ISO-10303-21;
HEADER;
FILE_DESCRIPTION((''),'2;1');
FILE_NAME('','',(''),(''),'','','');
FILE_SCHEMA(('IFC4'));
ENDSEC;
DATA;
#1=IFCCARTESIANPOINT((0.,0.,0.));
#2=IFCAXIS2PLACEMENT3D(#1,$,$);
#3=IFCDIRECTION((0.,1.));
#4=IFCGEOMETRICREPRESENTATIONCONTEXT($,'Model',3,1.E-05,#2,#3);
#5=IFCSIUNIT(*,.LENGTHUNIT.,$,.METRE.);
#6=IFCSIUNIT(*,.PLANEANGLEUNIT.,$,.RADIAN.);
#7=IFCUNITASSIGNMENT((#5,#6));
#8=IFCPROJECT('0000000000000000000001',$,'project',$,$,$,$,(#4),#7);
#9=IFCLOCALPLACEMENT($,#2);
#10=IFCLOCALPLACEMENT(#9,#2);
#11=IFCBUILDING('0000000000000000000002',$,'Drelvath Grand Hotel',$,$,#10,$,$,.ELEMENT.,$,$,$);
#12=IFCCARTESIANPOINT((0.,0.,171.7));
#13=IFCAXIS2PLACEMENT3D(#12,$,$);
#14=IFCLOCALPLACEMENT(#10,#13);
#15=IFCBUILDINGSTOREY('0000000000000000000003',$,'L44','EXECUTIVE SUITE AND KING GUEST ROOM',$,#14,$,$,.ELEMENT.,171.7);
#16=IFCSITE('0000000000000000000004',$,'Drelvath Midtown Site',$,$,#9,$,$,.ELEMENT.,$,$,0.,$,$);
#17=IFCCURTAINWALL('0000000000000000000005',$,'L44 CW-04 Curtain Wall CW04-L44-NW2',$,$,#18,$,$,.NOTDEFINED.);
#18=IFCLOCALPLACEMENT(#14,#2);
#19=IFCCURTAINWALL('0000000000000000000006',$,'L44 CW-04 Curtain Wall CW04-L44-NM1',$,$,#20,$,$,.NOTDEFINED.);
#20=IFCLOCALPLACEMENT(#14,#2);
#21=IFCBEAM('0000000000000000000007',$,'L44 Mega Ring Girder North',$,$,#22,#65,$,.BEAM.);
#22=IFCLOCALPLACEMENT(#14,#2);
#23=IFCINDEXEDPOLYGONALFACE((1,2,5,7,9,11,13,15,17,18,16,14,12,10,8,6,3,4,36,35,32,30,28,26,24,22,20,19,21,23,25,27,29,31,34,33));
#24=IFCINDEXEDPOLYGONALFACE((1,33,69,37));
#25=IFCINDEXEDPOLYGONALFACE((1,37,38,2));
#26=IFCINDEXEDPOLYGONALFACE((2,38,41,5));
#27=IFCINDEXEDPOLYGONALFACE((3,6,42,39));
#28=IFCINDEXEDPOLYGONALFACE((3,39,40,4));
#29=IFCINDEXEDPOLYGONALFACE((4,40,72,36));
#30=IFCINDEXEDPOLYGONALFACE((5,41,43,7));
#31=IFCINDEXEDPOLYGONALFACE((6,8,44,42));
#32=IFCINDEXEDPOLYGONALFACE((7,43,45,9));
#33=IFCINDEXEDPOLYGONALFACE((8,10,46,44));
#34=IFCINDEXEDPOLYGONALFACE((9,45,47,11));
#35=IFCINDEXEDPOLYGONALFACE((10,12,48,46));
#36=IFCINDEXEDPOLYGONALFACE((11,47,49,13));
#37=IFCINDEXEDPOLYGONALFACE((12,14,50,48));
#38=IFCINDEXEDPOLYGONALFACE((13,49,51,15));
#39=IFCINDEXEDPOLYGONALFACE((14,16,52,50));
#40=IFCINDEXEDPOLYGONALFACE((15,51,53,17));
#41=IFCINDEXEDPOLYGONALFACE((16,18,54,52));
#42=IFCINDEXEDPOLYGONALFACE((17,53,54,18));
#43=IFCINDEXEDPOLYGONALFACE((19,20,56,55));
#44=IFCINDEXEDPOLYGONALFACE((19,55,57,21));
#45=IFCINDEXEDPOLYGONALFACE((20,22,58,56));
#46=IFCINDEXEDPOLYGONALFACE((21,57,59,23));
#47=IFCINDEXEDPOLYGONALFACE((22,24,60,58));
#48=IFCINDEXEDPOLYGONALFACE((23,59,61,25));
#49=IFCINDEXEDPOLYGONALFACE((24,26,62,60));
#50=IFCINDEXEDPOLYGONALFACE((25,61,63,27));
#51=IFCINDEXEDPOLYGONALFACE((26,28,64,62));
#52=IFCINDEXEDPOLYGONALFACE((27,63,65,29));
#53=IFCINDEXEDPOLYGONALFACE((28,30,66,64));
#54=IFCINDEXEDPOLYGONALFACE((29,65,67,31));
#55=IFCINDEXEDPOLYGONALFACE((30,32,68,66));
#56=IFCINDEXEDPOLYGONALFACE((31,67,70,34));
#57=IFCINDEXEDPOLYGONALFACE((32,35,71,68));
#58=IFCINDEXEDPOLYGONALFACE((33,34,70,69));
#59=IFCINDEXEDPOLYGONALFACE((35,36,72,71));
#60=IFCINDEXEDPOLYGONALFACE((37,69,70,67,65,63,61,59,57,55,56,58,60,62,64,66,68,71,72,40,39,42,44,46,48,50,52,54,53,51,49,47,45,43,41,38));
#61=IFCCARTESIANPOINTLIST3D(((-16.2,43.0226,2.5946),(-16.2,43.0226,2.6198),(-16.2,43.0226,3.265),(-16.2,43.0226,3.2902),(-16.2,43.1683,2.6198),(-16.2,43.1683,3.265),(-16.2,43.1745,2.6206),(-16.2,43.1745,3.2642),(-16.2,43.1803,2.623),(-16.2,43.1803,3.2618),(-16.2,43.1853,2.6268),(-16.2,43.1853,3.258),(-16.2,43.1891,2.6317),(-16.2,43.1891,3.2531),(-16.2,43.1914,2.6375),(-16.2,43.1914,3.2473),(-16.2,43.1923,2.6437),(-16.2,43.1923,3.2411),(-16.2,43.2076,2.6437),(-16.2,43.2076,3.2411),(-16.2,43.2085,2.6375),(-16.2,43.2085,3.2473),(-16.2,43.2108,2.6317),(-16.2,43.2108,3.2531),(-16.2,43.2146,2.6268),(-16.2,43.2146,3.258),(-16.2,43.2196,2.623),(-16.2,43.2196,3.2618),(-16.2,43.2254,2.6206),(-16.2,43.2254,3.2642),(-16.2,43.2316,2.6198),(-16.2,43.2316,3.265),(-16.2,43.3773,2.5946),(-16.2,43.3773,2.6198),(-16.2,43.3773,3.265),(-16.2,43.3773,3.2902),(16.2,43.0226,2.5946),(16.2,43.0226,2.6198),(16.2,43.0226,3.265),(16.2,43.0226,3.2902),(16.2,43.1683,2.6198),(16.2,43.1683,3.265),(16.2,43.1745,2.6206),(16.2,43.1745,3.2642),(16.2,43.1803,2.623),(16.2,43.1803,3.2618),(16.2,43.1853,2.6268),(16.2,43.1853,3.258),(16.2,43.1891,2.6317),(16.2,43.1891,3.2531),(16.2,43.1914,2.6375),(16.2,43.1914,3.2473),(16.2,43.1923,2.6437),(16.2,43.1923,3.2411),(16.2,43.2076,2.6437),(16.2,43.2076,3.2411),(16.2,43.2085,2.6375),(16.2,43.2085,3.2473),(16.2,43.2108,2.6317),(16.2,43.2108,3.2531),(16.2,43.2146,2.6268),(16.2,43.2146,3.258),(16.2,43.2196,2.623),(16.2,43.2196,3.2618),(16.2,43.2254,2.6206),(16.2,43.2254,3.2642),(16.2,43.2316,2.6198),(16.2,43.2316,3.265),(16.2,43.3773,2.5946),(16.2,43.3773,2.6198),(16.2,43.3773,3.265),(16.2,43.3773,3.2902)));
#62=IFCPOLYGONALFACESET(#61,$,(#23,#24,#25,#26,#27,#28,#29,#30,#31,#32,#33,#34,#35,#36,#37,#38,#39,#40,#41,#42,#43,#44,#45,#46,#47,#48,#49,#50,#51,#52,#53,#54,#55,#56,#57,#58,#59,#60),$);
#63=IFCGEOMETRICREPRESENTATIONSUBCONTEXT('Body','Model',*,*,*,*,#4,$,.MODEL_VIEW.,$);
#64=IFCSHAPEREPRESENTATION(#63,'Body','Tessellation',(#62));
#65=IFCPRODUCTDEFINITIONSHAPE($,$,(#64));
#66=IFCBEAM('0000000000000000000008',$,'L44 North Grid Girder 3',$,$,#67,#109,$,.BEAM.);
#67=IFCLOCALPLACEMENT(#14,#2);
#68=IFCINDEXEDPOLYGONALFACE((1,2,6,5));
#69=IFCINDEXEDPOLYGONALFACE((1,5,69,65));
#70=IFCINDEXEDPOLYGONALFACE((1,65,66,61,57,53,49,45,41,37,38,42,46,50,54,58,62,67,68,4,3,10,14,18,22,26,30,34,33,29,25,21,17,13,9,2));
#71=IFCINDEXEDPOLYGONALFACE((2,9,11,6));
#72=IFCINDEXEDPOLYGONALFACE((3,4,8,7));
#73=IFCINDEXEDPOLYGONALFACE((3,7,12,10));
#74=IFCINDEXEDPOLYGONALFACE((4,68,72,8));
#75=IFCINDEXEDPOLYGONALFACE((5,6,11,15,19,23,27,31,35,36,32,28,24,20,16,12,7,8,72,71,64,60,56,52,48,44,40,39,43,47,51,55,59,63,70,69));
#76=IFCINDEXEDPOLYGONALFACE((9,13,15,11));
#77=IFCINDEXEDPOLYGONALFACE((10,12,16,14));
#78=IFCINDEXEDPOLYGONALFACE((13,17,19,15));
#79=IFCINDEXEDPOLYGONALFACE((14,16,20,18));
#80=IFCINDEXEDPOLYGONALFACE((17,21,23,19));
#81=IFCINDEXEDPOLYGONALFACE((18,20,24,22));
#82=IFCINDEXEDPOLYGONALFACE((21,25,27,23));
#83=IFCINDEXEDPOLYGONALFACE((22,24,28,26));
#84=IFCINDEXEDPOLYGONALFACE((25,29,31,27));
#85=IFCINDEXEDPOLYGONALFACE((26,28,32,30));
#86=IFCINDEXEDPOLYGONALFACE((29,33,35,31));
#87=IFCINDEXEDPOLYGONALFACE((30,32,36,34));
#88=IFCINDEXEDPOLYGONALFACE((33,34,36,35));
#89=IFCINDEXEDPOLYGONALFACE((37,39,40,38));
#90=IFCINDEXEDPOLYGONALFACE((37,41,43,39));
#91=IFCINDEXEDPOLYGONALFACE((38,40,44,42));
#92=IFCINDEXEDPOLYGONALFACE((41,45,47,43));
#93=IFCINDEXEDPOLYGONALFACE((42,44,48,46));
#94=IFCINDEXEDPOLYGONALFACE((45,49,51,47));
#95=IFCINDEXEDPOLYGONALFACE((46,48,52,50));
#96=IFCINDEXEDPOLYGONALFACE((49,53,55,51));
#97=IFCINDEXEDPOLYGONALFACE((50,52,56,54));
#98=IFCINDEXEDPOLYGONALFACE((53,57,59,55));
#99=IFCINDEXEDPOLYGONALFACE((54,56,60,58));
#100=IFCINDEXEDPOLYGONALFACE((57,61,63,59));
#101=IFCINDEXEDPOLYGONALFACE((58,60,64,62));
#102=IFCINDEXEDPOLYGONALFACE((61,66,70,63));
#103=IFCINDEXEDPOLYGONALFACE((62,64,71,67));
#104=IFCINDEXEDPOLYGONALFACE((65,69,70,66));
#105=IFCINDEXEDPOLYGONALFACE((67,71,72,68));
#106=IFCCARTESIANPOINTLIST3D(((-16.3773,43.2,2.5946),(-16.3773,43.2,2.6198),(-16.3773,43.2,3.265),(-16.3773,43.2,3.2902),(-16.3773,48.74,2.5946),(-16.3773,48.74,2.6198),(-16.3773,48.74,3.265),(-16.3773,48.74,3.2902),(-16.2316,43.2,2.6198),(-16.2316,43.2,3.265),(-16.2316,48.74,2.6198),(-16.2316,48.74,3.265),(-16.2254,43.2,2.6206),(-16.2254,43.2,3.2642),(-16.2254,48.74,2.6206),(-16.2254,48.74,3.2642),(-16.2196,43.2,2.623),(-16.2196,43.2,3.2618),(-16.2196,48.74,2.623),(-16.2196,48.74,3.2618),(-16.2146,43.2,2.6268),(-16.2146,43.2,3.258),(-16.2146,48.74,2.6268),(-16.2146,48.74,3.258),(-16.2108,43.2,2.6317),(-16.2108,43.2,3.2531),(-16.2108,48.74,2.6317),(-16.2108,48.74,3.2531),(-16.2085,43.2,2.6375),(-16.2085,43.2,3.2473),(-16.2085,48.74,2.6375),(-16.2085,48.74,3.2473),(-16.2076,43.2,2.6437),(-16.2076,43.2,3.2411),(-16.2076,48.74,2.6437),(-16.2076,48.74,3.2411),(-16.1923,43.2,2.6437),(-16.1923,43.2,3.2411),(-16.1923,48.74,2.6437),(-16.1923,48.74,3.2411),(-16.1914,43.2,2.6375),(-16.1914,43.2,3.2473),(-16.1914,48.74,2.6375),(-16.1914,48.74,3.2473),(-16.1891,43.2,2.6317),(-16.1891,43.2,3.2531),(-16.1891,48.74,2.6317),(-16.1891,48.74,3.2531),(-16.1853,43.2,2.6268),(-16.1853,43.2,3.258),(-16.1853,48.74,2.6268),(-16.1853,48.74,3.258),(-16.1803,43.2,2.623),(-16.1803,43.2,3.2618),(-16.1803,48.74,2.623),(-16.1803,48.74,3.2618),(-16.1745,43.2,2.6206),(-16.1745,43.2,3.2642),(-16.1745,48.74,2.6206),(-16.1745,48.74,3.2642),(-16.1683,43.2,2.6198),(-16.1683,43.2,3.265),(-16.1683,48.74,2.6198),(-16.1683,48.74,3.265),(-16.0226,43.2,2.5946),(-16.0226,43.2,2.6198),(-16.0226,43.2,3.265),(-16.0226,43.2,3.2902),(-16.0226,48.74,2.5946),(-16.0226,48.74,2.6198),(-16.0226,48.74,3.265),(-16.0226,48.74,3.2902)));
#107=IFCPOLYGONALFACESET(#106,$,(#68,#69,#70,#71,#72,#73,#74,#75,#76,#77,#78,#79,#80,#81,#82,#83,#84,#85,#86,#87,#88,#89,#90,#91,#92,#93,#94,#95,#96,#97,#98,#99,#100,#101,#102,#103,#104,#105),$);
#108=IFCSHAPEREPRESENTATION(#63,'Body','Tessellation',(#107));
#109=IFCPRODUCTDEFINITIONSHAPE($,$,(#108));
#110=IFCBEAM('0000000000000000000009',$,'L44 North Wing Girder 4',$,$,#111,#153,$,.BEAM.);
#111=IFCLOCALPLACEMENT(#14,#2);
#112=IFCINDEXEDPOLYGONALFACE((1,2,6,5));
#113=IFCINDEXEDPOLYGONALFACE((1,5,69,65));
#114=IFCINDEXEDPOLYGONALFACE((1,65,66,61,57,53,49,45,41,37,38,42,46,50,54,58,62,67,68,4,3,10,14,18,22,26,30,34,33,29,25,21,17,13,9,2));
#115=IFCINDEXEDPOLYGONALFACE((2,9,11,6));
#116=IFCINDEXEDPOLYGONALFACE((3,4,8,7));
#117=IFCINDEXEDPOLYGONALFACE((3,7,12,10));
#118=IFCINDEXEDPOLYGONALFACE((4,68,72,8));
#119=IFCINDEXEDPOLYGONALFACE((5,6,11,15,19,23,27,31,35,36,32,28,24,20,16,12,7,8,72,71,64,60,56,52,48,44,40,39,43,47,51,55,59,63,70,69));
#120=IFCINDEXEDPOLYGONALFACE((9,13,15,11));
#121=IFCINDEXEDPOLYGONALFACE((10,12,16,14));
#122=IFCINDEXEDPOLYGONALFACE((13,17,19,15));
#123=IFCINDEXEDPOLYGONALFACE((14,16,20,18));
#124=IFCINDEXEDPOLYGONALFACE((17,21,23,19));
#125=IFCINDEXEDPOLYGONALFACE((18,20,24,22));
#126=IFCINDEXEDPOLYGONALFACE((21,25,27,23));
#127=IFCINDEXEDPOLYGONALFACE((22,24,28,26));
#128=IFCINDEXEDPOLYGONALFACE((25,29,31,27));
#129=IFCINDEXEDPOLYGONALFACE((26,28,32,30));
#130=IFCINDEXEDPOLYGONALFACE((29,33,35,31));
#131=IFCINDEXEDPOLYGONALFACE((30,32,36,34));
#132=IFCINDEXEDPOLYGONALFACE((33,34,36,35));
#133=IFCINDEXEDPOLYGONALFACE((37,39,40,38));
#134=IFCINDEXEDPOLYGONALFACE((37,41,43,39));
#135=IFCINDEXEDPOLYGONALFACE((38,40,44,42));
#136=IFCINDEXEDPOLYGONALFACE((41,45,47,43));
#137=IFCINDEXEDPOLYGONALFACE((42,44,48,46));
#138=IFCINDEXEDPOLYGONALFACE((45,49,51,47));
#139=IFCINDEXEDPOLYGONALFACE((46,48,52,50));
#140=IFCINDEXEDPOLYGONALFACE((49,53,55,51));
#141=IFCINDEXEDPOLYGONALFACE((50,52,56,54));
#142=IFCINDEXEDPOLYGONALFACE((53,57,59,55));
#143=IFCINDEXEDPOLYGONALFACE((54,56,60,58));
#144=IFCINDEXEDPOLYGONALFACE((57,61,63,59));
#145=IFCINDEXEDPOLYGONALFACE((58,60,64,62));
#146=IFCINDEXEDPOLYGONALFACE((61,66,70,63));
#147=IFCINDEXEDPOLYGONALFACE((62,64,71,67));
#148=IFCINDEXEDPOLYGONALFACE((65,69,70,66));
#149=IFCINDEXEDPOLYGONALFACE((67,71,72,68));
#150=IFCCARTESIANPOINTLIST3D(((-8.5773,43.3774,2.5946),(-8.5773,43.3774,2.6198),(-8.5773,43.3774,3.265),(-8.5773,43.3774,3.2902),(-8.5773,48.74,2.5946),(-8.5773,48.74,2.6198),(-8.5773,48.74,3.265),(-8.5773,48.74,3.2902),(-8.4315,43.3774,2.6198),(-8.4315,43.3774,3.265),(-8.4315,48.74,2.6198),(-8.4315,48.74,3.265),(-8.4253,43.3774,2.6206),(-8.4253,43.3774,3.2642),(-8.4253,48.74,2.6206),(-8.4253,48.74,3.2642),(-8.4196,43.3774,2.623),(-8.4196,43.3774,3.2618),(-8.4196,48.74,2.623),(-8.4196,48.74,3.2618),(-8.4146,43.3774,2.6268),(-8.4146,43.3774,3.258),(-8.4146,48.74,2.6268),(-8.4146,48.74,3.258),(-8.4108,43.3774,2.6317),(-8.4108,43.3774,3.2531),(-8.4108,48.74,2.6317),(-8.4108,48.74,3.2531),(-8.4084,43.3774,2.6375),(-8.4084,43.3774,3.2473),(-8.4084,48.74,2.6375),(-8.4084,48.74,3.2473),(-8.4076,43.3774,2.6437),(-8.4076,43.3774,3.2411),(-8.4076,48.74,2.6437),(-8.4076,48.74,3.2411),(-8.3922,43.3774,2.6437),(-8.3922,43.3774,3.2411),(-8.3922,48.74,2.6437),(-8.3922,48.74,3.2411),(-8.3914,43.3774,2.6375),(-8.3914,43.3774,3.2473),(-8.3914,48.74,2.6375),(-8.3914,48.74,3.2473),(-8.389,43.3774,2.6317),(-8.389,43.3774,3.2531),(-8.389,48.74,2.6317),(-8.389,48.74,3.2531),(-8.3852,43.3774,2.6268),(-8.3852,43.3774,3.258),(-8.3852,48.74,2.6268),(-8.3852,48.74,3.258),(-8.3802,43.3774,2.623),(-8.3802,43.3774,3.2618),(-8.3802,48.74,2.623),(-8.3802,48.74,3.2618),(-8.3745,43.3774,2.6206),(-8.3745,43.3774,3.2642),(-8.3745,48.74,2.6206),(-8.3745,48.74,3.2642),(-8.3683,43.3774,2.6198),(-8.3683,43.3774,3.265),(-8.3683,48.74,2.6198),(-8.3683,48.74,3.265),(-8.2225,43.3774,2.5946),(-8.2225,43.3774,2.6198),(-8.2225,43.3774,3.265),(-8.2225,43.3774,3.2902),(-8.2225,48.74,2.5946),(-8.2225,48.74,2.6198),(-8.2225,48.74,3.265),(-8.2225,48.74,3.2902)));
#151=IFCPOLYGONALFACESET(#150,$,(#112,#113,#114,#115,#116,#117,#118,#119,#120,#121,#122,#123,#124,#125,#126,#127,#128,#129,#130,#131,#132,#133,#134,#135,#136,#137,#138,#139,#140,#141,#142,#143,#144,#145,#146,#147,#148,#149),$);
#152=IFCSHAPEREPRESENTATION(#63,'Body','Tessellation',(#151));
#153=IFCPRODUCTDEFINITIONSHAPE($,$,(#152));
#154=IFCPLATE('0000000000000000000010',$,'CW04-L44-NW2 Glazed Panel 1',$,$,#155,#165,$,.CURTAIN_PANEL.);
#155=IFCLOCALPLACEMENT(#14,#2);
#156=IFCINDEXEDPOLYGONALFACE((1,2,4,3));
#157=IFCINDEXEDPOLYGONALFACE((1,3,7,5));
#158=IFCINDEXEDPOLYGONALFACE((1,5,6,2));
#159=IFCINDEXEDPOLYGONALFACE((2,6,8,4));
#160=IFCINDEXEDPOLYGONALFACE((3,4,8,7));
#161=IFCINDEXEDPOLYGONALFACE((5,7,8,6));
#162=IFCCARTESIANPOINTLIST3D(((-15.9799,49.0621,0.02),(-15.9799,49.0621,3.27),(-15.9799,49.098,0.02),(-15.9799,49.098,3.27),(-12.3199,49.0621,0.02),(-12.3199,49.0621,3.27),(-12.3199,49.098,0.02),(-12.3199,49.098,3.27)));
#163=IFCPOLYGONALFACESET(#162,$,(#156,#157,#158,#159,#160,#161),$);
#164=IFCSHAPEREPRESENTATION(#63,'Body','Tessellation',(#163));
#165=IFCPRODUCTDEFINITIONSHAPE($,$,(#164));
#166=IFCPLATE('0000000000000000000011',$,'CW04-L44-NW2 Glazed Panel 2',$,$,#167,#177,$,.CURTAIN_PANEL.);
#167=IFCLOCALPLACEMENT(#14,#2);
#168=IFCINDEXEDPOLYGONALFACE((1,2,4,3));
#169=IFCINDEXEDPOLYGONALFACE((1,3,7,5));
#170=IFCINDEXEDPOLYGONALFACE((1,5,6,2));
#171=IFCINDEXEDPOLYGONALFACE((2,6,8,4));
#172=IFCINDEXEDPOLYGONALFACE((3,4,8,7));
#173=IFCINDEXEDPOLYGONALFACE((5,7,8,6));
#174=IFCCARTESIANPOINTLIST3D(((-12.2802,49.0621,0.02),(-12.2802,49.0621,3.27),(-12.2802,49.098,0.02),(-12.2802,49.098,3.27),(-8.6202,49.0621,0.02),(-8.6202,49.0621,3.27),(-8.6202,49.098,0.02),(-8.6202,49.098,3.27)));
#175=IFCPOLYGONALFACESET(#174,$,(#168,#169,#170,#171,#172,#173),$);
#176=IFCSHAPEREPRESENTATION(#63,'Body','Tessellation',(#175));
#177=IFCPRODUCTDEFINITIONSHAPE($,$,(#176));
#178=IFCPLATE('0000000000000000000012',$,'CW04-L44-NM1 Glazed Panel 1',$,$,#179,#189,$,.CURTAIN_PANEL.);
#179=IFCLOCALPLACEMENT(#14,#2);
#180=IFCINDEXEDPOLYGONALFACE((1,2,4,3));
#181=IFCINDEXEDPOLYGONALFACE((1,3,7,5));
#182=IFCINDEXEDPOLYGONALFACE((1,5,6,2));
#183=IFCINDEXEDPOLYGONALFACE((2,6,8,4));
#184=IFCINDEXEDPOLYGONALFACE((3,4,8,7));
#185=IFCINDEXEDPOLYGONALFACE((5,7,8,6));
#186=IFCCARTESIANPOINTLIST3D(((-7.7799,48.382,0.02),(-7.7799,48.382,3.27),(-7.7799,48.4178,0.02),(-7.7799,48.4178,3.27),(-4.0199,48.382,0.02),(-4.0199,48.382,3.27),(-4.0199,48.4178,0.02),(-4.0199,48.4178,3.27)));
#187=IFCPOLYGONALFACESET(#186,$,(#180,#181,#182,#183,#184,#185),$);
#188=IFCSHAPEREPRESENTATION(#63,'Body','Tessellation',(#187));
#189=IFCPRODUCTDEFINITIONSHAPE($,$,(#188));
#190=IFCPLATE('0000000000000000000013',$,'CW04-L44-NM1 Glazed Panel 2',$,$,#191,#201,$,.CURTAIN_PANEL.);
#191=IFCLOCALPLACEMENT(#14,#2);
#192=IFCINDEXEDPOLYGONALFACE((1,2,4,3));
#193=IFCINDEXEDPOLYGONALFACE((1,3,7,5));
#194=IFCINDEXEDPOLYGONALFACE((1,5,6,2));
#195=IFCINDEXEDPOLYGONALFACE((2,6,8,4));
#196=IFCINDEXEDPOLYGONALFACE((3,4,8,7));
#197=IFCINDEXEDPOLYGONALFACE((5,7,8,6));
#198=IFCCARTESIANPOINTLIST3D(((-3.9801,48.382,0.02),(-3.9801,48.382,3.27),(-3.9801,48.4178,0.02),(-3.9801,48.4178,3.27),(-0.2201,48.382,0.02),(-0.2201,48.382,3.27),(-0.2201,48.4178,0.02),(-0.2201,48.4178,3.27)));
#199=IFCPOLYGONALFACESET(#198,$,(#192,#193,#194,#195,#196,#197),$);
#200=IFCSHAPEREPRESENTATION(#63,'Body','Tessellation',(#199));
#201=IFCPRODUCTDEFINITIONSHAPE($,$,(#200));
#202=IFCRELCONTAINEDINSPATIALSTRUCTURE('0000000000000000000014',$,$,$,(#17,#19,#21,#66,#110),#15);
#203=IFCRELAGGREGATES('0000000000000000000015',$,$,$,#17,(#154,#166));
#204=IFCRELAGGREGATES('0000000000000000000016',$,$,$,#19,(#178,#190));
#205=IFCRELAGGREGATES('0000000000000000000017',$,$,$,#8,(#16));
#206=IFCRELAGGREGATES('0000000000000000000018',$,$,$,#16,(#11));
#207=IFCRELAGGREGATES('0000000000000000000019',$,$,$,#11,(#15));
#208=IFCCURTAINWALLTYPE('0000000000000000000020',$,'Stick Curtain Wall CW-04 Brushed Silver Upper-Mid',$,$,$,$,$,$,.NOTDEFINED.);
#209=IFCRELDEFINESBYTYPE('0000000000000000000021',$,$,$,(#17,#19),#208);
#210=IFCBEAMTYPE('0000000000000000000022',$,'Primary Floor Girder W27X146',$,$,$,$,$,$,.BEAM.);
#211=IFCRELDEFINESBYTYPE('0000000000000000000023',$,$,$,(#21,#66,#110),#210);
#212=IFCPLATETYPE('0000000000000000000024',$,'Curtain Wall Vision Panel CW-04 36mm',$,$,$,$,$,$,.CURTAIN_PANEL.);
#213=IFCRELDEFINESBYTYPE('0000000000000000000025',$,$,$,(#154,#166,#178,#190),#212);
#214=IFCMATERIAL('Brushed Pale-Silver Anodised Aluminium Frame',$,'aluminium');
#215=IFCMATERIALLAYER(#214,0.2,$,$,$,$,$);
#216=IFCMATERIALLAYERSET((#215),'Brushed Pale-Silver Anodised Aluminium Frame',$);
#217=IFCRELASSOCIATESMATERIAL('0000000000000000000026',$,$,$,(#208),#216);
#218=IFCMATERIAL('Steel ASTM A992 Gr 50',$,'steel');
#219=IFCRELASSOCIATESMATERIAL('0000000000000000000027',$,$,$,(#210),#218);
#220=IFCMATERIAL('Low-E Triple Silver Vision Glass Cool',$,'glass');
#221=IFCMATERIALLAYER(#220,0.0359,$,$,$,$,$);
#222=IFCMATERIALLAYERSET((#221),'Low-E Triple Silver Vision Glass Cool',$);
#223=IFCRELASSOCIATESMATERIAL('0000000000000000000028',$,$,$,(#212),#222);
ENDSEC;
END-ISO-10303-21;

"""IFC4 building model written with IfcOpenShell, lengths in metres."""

from ifc_helpers import new_model, si_unit, direction, frame, origin, origin_2d, place, context, subcontext, project, spatial, rectangle, i_section, extrude, material, layer, layer_set, material_profile, profile_set, type_object, element, aggregate, save


model = new_model("IFC4")

# Units and contexts
model_context = context("Model", 3, precision=1e-05, world=origin(), true_north=direction((0.0, 1.0)))
body_context = subcontext(model_context, "Body", "Model", "MODEL_VIEW")
ifc_project = project(units=[si_unit("LENGTHUNIT", "METRE"), si_unit("PLANEANGLEUNIT", "RADIAN")], contexts=[model_context])

# Site, building, storey
site_placement = place(None, origin())
site = spatial("IfcSite", under=ifc_project, at=site_placement, Name="Drelvath Midtown Site", CompositionType="ELEMENT", RefElevation=0.0)
building_placement = place(site_placement, origin())
building = spatial("IfcBuilding", under=site, at=building_placement, Name="Drelvath Grand Hotel", CompositionType="ELEMENT")
storey_placement = place(building_placement, frame((0.0, 0.0, 171.7)))
storey = spatial("IfcBuildingStorey", under=building, at=storey_placement, Name="L44", Description="EXECUTIVE SUITE AND KING GUEST ROOM", CompositionType="ELEMENT", Elevation=171.7)

# Curtain walls
ifc_material_1 = material(Name="Brushed Pale-Silver Anodised Aluminium Frame", Category="aluminium")
ifc_layer_1 = layer(ifc_material_1, 0.2)
ifc_layer_set_1 = layer_set([ifc_layer_1], Name="Brushed Pale-Silver Anodised Aluminium Frame")
curtain_wall_type = type_object("IfcCurtainWallType", Name="Stick Curtain Wall CW-04 Brushed Silver Upper-Mid", PredefinedType="NOTDEFINED", material=ifc_layer_set_1)
curtain_wall_1_placement = place(storey_placement, origin())
curtain_wall_1 = element("IfcCurtainWall", 1, at=curtain_wall_1_placement, inside=storey, type_object=curtain_wall_type, Name="L44 CW-04 Curtain Wall CW04-L44-NW2", PredefinedType="NOTDEFINED")
curtain_wall_2_placement = place(storey_placement, origin())
curtain_wall_2 = element("IfcCurtainWall", 2, at=curtain_wall_2_placement, inside=storey, type_object=curtain_wall_type, Name="L44 CW-04 Curtain Wall CW04-L44-NM1", PredefinedType="NOTDEFINED")

# Beams
ifc_material_2 = material(Name="Steel ASTM A992 Gr 50", Category="steel")
ifc_material_profile_1 = material_profile(ifc_material_2, i_section(OverallWidth=0.3547, OverallDepth=0.6956, WebThickness=0.0154, FlangeThickness=0.0251, FilletRadius=0.0239, at=origin_2d()), Name="W27X146")
ifc_profile_set_1 = profile_set([ifc_material_profile_1], Name="Steel ASTM A992 Gr 50")
beam_type_1 = type_object("IfcBeamType", Name="Primary Floor Girder W27X146", PredefinedType="BEAM", material=ifc_profile_set_1)
beam_1_placement = place(storey_placement, frame((-16.2, 43.2, 2.9424), z_axis=(1.0, 0.0, 0.0), x_axis=(0.0, 1.0, 0.0)))
element("IfcBeam", 3, at=beam_1_placement, inside=storey, type_object=beam_type_1, Name="L44 Mega Ring Girder North", PredefinedType="BEAM", context=body_context, shape_type="SweptSolid", body=[
    extrude(i_section(OverallWidth=0.3547, OverallDepth=0.6956, WebThickness=0.0154, FlangeThickness=0.0251, FilletRadius=0.0239, at=origin_2d()), origin(), (0.0, 0.0, 1.0), 32.3999),
])
beam_2_placement = place(storey_placement, frame((-16.2, 43.2, 2.9424), z_axis=(0.0, 1.0, 0.0), x_axis=(-1.0, 0.0, 0.0)))
element("IfcBeam", 4, at=beam_2_placement, inside=storey, type_object=beam_type_1, Name="L44 North Grid Girder 3", PredefinedType="BEAM", context=body_context, shape_type="SweptSolid", body=[
    extrude(i_section(OverallWidth=0.3547, OverallDepth=0.6956, WebThickness=0.0154, FlangeThickness=0.0251, FilletRadius=0.0239, at=origin_2d()), origin(), (0.0, 0.0, 1.0), 5.54),
])
beam_3_placement = place(storey_placement, frame((-8.3999, 43.3774, 2.9424), z_axis=(0.0, 1.0, 0.0), x_axis=(-1.0, 0.0, 0.0)))
element("IfcBeam", 5, at=beam_3_placement, inside=storey, type_object=beam_type_1, Name="L44 North Wing Girder 4", PredefinedType="BEAM", context=body_context, shape_type="SweptSolid", body=[
    extrude(i_section(OverallWidth=0.3547, OverallDepth=0.6956, WebThickness=0.0154, FlangeThickness=0.0251, FilletRadius=0.0239, at=origin_2d()), origin(), (0.0, 0.0, 1.0), 5.3625),
])

# Plates
ifc_material_3 = material(Name="Low-E Triple Silver Vision Glass Cool", Category="glass")
ifc_layer_2 = layer(ifc_material_3, 0.0359)
ifc_layer_set_2 = layer_set([ifc_layer_2], Name="Low-E Triple Silver Vision Glass Cool")
plate_type = type_object("IfcPlateType", Name="Curtain Wall Vision Panel CW-04 36mm", PredefinedType="CURTAIN_PANEL", material=ifc_layer_set_2)
plate_1_placement = place(storey_placement, frame((-14.1499, 49.0801, 0.02), z_axis=(0.0, 0.0, 1.0), x_axis=(1.0, 0.0, 0.0)))
plate_1 = element("IfcPlate", 6, at=plate_1_placement, type_object=plate_type, Name="CW04-L44-NW2 Glazed Panel 1", PredefinedType="CURTAIN_PANEL", context=body_context, shape_type="SweptSolid", body=[
    extrude(rectangle(XDim=3.6599, YDim=0.0359, at=origin_2d()), origin(), (0.0, 0.0, 1.0), 3.25),
])
plate_2_placement = place(storey_placement, frame((-10.4502, 49.0801, 0.02), z_axis=(0.0, 0.0, 1.0), x_axis=(1.0, 0.0, 0.0)))
plate_2 = element("IfcPlate", 7, at=plate_2_placement, type_object=plate_type, Name="CW04-L44-NW2 Glazed Panel 2", PredefinedType="CURTAIN_PANEL", context=body_context, shape_type="SweptSolid", body=[
    extrude(rectangle(XDim=3.6599, YDim=0.0359, at=origin_2d()), origin(), (0.0, 0.0, 1.0), 3.25),
])
aggregate(curtain_wall_1, [plate_1, plate_2])
plate_3_placement = place(storey_placement, frame((-5.8999, 48.3999, 0.02), z_axis=(0.0, 0.0, 1.0), x_axis=(1.0, 0.0, 0.0)))
plate_3 = element("IfcPlate", 8, at=plate_3_placement, type_object=plate_type, Name="CW04-L44-NM1 Glazed Panel 1", PredefinedType="CURTAIN_PANEL", context=body_context, shape_type="SweptSolid", body=[
    extrude(rectangle(XDim=3.76, YDim=0.0359, at=origin_2d()), origin(), (0.0, 0.0, 1.0), 3.25),
])
plate_4_placement = place(storey_placement, frame((-2.1001, 48.3999, 0.02), z_axis=(0.0, 0.0, 1.0), x_axis=(1.0, 0.0, 0.0)))
plate_4 = element("IfcPlate", 9, at=plate_4_placement, type_object=plate_type, Name="CW04-L44-NM1 Glazed Panel 2", PredefinedType="CURTAIN_PANEL", context=body_context, shape_type="SweptSolid", body=[
    extrude(rectangle(XDim=3.76, YDim=0.0359, at=origin_2d()), origin(), (0.0, 0.0, 1.0), 3.25),
])
aggregate(curtain_wall_2, [plate_3, plate_4])

save(model, "model.ifc")
